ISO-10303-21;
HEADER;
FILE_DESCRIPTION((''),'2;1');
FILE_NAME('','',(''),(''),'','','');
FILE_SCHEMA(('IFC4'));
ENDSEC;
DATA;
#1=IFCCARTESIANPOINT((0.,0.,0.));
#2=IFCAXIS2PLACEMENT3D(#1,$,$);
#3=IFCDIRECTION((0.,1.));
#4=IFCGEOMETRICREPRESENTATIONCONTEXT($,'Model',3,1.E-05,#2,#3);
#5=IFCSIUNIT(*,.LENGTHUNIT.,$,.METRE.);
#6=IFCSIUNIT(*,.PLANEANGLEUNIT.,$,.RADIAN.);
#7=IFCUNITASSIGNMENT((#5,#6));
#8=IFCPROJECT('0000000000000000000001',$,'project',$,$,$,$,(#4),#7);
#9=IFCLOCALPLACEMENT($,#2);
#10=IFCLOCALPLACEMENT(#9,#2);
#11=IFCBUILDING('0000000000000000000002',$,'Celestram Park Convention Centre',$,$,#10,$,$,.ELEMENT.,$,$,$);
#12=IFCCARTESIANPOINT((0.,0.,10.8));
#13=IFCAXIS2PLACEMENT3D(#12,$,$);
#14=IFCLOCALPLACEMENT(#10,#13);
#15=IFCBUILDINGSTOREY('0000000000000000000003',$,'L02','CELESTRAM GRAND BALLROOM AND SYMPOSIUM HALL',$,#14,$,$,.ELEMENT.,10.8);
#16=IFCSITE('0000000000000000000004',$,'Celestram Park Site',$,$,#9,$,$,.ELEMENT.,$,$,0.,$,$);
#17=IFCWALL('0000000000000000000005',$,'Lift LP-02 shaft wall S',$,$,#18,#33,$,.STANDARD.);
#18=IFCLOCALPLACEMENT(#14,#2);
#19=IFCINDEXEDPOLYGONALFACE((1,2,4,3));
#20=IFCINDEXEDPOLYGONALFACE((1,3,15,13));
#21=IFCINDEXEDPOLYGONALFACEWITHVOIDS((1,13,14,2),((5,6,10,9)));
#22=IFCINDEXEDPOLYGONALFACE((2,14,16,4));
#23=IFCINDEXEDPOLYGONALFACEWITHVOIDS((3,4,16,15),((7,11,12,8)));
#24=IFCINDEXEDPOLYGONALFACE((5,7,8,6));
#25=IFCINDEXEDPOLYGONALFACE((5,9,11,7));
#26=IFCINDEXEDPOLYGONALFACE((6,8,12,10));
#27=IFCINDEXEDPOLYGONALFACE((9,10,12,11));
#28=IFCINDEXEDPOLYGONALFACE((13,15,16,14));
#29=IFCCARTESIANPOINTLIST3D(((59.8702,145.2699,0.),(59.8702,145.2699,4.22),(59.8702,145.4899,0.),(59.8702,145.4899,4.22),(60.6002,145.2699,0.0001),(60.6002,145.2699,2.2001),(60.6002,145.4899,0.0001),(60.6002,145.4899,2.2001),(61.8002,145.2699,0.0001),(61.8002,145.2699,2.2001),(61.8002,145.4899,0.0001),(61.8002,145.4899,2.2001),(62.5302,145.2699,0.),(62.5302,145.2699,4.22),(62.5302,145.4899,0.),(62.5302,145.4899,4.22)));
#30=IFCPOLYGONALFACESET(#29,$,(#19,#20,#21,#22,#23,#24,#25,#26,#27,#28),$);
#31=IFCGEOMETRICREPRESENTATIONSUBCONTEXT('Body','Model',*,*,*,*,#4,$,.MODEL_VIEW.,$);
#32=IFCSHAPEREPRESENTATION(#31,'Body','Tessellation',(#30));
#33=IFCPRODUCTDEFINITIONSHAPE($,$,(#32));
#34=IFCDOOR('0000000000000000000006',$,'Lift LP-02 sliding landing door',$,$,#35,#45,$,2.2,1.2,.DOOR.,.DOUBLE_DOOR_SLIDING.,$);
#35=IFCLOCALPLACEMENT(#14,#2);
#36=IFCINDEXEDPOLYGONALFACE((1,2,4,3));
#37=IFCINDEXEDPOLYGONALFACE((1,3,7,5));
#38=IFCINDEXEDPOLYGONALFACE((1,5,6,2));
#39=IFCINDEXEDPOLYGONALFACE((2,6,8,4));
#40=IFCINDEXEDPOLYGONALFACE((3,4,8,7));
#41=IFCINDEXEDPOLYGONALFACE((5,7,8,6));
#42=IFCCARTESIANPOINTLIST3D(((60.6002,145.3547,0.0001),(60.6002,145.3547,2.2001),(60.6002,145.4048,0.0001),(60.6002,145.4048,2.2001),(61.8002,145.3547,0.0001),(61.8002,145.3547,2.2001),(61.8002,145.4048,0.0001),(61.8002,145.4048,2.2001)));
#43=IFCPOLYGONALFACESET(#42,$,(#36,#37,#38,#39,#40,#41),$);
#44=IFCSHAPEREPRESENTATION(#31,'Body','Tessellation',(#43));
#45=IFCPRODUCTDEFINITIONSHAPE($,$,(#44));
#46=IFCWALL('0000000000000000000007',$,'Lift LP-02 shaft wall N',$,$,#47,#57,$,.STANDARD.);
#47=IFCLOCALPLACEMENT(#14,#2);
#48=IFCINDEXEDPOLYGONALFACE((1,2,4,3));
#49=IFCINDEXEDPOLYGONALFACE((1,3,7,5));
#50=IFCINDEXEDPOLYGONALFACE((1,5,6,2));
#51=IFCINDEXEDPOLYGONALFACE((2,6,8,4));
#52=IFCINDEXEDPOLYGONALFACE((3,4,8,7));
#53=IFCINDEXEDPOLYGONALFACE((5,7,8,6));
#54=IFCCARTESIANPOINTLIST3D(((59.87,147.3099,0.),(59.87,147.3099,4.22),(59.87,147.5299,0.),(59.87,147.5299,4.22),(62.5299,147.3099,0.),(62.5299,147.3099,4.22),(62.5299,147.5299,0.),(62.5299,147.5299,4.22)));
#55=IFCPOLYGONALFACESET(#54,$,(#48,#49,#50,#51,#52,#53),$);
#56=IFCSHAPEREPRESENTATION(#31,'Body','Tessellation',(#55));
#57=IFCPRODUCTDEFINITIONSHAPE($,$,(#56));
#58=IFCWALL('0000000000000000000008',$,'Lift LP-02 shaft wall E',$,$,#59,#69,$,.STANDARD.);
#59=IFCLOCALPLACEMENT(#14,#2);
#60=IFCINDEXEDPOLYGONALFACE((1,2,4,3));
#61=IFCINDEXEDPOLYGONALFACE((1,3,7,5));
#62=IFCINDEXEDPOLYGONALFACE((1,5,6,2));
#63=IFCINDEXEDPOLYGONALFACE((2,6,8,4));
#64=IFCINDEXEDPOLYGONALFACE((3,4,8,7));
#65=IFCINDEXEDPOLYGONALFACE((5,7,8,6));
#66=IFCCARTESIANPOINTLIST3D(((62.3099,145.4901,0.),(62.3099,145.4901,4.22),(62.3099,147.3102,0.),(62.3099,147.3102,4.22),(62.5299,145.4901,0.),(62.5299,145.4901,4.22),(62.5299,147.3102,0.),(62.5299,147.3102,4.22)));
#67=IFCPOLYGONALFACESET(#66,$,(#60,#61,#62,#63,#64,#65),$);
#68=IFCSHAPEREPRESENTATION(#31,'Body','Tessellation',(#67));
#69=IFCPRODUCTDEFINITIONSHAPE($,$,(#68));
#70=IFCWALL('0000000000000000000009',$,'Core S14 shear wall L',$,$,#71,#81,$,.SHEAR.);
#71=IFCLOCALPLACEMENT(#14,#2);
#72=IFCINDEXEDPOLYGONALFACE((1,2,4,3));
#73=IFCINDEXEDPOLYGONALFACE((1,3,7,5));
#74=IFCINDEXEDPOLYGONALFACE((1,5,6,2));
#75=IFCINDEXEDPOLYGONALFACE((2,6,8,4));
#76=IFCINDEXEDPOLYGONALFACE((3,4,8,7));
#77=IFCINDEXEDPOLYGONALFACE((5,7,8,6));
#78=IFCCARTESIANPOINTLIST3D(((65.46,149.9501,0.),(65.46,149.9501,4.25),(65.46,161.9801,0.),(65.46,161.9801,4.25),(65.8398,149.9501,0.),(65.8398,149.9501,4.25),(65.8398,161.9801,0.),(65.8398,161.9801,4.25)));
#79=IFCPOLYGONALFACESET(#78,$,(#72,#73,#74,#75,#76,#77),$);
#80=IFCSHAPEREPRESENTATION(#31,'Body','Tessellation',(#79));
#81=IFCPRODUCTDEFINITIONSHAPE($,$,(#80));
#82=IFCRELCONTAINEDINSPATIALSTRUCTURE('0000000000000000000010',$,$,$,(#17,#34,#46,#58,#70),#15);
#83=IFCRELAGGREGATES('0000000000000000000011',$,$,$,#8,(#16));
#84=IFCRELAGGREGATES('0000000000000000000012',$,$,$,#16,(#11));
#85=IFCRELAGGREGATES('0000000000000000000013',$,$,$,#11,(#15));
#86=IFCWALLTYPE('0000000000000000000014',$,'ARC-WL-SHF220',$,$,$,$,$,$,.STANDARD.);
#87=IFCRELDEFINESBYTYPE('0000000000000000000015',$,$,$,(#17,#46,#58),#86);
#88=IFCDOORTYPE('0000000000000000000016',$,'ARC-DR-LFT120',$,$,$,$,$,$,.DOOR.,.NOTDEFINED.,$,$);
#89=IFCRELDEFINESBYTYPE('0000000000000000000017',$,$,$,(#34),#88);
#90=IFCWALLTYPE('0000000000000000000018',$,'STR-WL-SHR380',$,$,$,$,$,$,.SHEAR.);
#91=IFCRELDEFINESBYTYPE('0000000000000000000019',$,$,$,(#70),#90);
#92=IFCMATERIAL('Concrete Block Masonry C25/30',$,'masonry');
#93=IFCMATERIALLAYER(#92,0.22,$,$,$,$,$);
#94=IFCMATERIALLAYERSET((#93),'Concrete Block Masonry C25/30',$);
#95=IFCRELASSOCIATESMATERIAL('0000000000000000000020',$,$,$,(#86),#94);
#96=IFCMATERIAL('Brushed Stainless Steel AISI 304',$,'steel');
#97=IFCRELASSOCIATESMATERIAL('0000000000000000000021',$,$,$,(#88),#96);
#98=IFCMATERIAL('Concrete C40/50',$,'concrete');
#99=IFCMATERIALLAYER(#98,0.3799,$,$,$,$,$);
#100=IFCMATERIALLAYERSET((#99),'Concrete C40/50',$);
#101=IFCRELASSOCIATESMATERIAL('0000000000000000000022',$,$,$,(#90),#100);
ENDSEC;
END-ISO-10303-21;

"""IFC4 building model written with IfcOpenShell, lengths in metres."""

from ifc_helpers import new_model, si_unit, direction, frame, frame_2d, origin, place, context, subcontext, project, spatial, rectangle, extrude, material, layer, layer_set, type_object, element, fill, save


model = new_model("IFC4")

# Units and contexts
model_context = context("Model", 3, precision=1e-05, world=origin(), true_north=direction((0.0, 1.0)))
body_context = subcontext(model_context, "Body", "Model", "MODEL_VIEW")
ifc_project = project(units=[si_unit("LENGTHUNIT", "METRE"), si_unit("PLANEANGLEUNIT", "RADIAN")], contexts=[model_context])

# Site, building, storey
site_placement = place(None, origin())
site = spatial("IfcSite", under=ifc_project, at=site_placement, Name="Celestram Park Site", CompositionType="ELEMENT", RefElevation=0.0)
building_placement = place(site_placement, origin())
building = spatial("IfcBuilding", under=site, at=building_placement, Name="Celestram Park Convention Centre", CompositionType="ELEMENT")
storey_placement = place(building_placement, frame((0.0, 0.0, 10.8)))
storey = spatial("IfcBuildingStorey", under=building, at=storey_placement, Name="L02", Description="CELESTRAM GRAND BALLROOM AND SYMPOSIUM HALL", CompositionType="ELEMENT", Elevation=10.8)

# Shared definitions
ifc_material_1 = material(Name="Concrete C40/50", Category="concrete")

# Shared definitions
ifc_material_2 = material(Name="Concrete Block Masonry C25/30", Category="masonry")
ifc_layer_1 = layer(ifc_material_2, 0.22)
ifc_layer_set_1 = layer_set([ifc_layer_1], Name="Concrete Block Masonry C25/30")
wall_type_1 = type_object("IfcWallType", Name="ARC-WL-SHF220", PredefinedType="STANDARD", material=ifc_layer_set_1)

# Wall, opening, door
wall_1_placement = place(storey_placement, frame((59.8701, 145.3799, 0.0), z_axis=(0.0, 0.0, 1.0), x_axis=(1.0, 0.0, 0.0)))
wall_1 = element("IfcWall", 1, at=wall_1_placement, inside=storey, type_object=wall_type_1, Name="Lift LP-02 shaft wall S", PredefinedType="STANDARD", context=body_context, shape_type="SweptSolid", body=[
    extrude(rectangle(XDim=2.6599, YDim=0.22, at=frame_2d((1.3301, 0.0))), origin(), (0.0, 0.0, 1.0), 4.22),
])
opening_1_placement = place(wall_1_placement, frame((0.73, 0.0, 0.0)))
opening_1 = element("IfcOpeningElement", 2, at=opening_1_placement, cuts=wall_1, PredefinedType="OPENING", context=body_context, shape_type="SweptSolid", body=[
    extrude(rectangle(XDim=1.2, YDim=2.2, at=frame_2d((0.6001, 1.1001))), frame((0.0, 0.1199, 0.0), z_axis=(0.0, -1.0, 0.0), x_axis=(1.0, 0.0, 0.0)), (0.0, 0.0, 1.0), 0.24),
])
ifc_material_3 = material(Name="Brushed Stainless Steel AISI 304", Category="steel")
door_type_1 = type_object("IfcDoorType", Name="ARC-DR-LFT120", OperationType="NOTDEFINED", PredefinedType="DOOR", material=ifc_material_3)
door_1_placement = place(opening_1_placement, origin())
door_1 = element("IfcDoor", 3, at=door_1_placement, inside=storey, type_object=door_type_1, Name="Lift LP-02 sliding landing door", OperationType="DOUBLE_DOOR_SLIDING", OverallHeight=2.2, OverallWidth=1.2, PredefinedType="DOOR", context=body_context, shape_type="SweptSolid", body=[
    extrude(rectangle(XDim=1.2, YDim=2.2, at=frame_2d((0.6001, 1.1001))), frame((0.0, 0.0249, 0.0), z_axis=(0.0, -1.0, 0.0), x_axis=(1.0, 0.0, 0.0)), (0.0, 0.0, 1.0), 0.05),
])
fill(opening_1, door_1)

# Walls
wall_2_placement = place(storey_placement, frame((62.53, 147.4199, 0.0), z_axis=(0.0, 0.0, 1.0), x_axis=(-1.0, 0.0, 0.0)))
element("IfcWall", 4, at=wall_2_placement, inside=storey, type_object=wall_type_1, Name="Lift LP-02 shaft wall N", PredefinedType="STANDARD", context=body_context, shape_type="SweptSolid", body=[
    extrude(rectangle(XDim=2.6599, YDim=0.22, at=frame_2d((1.3301, 0.0))), origin(), (0.0, 0.0, 1.0), 4.22),
])
for number, where, z_axis, x_axis, name in (
    (5, (62.4199, 145.49, 0.0), (0.0, 0.0, 1.0), (0.0, 1.0, 0.0), "Lift LP-02 shaft wall E"),
):
    element("IfcWall", number, at=place(storey_placement, frame(where, z_axis=z_axis, x_axis=x_axis)), inside=storey, type_object=wall_type_1, Name=name, PredefinedType="STANDARD", context=body_context, shape_type="SweptSolid", body=[
        extrude(rectangle(XDim=1.8201, YDim=0.22, at=frame_2d((0.9102, 0.0))), origin(), (0.0, 0.0, 1.0), 4.22),
    ])
ifc_layer_2 = layer(ifc_material_1, 0.3799)
ifc_layer_set_2 = layer_set([ifc_layer_2], Name="Concrete C40/50")
wall_type_2 = type_object("IfcWallType", Name="STR-WL-SHR380", PredefinedType="SHEAR", material=ifc_layer_set_2)
wall_3_placement = place(storey_placement, frame((65.6499, 149.95, 0.0), z_axis=(0.0, 0.0, 1.0), x_axis=(0.0, 1.0, 0.0)))
element("IfcWall", 6, at=wall_3_placement, inside=storey, type_object=wall_type_2, Name="Core S14 shear wall L", PredefinedType="SHEAR", context=body_context, shape_type="SweptSolid", body=[
    extrude(rectangle(XDim=12.03, YDim=0.3799, at=frame_2d((6.0151, 0.0))), origin(), (0.0, 0.0, 1.0), 4.25),
])

save(model, "model.ifc")
